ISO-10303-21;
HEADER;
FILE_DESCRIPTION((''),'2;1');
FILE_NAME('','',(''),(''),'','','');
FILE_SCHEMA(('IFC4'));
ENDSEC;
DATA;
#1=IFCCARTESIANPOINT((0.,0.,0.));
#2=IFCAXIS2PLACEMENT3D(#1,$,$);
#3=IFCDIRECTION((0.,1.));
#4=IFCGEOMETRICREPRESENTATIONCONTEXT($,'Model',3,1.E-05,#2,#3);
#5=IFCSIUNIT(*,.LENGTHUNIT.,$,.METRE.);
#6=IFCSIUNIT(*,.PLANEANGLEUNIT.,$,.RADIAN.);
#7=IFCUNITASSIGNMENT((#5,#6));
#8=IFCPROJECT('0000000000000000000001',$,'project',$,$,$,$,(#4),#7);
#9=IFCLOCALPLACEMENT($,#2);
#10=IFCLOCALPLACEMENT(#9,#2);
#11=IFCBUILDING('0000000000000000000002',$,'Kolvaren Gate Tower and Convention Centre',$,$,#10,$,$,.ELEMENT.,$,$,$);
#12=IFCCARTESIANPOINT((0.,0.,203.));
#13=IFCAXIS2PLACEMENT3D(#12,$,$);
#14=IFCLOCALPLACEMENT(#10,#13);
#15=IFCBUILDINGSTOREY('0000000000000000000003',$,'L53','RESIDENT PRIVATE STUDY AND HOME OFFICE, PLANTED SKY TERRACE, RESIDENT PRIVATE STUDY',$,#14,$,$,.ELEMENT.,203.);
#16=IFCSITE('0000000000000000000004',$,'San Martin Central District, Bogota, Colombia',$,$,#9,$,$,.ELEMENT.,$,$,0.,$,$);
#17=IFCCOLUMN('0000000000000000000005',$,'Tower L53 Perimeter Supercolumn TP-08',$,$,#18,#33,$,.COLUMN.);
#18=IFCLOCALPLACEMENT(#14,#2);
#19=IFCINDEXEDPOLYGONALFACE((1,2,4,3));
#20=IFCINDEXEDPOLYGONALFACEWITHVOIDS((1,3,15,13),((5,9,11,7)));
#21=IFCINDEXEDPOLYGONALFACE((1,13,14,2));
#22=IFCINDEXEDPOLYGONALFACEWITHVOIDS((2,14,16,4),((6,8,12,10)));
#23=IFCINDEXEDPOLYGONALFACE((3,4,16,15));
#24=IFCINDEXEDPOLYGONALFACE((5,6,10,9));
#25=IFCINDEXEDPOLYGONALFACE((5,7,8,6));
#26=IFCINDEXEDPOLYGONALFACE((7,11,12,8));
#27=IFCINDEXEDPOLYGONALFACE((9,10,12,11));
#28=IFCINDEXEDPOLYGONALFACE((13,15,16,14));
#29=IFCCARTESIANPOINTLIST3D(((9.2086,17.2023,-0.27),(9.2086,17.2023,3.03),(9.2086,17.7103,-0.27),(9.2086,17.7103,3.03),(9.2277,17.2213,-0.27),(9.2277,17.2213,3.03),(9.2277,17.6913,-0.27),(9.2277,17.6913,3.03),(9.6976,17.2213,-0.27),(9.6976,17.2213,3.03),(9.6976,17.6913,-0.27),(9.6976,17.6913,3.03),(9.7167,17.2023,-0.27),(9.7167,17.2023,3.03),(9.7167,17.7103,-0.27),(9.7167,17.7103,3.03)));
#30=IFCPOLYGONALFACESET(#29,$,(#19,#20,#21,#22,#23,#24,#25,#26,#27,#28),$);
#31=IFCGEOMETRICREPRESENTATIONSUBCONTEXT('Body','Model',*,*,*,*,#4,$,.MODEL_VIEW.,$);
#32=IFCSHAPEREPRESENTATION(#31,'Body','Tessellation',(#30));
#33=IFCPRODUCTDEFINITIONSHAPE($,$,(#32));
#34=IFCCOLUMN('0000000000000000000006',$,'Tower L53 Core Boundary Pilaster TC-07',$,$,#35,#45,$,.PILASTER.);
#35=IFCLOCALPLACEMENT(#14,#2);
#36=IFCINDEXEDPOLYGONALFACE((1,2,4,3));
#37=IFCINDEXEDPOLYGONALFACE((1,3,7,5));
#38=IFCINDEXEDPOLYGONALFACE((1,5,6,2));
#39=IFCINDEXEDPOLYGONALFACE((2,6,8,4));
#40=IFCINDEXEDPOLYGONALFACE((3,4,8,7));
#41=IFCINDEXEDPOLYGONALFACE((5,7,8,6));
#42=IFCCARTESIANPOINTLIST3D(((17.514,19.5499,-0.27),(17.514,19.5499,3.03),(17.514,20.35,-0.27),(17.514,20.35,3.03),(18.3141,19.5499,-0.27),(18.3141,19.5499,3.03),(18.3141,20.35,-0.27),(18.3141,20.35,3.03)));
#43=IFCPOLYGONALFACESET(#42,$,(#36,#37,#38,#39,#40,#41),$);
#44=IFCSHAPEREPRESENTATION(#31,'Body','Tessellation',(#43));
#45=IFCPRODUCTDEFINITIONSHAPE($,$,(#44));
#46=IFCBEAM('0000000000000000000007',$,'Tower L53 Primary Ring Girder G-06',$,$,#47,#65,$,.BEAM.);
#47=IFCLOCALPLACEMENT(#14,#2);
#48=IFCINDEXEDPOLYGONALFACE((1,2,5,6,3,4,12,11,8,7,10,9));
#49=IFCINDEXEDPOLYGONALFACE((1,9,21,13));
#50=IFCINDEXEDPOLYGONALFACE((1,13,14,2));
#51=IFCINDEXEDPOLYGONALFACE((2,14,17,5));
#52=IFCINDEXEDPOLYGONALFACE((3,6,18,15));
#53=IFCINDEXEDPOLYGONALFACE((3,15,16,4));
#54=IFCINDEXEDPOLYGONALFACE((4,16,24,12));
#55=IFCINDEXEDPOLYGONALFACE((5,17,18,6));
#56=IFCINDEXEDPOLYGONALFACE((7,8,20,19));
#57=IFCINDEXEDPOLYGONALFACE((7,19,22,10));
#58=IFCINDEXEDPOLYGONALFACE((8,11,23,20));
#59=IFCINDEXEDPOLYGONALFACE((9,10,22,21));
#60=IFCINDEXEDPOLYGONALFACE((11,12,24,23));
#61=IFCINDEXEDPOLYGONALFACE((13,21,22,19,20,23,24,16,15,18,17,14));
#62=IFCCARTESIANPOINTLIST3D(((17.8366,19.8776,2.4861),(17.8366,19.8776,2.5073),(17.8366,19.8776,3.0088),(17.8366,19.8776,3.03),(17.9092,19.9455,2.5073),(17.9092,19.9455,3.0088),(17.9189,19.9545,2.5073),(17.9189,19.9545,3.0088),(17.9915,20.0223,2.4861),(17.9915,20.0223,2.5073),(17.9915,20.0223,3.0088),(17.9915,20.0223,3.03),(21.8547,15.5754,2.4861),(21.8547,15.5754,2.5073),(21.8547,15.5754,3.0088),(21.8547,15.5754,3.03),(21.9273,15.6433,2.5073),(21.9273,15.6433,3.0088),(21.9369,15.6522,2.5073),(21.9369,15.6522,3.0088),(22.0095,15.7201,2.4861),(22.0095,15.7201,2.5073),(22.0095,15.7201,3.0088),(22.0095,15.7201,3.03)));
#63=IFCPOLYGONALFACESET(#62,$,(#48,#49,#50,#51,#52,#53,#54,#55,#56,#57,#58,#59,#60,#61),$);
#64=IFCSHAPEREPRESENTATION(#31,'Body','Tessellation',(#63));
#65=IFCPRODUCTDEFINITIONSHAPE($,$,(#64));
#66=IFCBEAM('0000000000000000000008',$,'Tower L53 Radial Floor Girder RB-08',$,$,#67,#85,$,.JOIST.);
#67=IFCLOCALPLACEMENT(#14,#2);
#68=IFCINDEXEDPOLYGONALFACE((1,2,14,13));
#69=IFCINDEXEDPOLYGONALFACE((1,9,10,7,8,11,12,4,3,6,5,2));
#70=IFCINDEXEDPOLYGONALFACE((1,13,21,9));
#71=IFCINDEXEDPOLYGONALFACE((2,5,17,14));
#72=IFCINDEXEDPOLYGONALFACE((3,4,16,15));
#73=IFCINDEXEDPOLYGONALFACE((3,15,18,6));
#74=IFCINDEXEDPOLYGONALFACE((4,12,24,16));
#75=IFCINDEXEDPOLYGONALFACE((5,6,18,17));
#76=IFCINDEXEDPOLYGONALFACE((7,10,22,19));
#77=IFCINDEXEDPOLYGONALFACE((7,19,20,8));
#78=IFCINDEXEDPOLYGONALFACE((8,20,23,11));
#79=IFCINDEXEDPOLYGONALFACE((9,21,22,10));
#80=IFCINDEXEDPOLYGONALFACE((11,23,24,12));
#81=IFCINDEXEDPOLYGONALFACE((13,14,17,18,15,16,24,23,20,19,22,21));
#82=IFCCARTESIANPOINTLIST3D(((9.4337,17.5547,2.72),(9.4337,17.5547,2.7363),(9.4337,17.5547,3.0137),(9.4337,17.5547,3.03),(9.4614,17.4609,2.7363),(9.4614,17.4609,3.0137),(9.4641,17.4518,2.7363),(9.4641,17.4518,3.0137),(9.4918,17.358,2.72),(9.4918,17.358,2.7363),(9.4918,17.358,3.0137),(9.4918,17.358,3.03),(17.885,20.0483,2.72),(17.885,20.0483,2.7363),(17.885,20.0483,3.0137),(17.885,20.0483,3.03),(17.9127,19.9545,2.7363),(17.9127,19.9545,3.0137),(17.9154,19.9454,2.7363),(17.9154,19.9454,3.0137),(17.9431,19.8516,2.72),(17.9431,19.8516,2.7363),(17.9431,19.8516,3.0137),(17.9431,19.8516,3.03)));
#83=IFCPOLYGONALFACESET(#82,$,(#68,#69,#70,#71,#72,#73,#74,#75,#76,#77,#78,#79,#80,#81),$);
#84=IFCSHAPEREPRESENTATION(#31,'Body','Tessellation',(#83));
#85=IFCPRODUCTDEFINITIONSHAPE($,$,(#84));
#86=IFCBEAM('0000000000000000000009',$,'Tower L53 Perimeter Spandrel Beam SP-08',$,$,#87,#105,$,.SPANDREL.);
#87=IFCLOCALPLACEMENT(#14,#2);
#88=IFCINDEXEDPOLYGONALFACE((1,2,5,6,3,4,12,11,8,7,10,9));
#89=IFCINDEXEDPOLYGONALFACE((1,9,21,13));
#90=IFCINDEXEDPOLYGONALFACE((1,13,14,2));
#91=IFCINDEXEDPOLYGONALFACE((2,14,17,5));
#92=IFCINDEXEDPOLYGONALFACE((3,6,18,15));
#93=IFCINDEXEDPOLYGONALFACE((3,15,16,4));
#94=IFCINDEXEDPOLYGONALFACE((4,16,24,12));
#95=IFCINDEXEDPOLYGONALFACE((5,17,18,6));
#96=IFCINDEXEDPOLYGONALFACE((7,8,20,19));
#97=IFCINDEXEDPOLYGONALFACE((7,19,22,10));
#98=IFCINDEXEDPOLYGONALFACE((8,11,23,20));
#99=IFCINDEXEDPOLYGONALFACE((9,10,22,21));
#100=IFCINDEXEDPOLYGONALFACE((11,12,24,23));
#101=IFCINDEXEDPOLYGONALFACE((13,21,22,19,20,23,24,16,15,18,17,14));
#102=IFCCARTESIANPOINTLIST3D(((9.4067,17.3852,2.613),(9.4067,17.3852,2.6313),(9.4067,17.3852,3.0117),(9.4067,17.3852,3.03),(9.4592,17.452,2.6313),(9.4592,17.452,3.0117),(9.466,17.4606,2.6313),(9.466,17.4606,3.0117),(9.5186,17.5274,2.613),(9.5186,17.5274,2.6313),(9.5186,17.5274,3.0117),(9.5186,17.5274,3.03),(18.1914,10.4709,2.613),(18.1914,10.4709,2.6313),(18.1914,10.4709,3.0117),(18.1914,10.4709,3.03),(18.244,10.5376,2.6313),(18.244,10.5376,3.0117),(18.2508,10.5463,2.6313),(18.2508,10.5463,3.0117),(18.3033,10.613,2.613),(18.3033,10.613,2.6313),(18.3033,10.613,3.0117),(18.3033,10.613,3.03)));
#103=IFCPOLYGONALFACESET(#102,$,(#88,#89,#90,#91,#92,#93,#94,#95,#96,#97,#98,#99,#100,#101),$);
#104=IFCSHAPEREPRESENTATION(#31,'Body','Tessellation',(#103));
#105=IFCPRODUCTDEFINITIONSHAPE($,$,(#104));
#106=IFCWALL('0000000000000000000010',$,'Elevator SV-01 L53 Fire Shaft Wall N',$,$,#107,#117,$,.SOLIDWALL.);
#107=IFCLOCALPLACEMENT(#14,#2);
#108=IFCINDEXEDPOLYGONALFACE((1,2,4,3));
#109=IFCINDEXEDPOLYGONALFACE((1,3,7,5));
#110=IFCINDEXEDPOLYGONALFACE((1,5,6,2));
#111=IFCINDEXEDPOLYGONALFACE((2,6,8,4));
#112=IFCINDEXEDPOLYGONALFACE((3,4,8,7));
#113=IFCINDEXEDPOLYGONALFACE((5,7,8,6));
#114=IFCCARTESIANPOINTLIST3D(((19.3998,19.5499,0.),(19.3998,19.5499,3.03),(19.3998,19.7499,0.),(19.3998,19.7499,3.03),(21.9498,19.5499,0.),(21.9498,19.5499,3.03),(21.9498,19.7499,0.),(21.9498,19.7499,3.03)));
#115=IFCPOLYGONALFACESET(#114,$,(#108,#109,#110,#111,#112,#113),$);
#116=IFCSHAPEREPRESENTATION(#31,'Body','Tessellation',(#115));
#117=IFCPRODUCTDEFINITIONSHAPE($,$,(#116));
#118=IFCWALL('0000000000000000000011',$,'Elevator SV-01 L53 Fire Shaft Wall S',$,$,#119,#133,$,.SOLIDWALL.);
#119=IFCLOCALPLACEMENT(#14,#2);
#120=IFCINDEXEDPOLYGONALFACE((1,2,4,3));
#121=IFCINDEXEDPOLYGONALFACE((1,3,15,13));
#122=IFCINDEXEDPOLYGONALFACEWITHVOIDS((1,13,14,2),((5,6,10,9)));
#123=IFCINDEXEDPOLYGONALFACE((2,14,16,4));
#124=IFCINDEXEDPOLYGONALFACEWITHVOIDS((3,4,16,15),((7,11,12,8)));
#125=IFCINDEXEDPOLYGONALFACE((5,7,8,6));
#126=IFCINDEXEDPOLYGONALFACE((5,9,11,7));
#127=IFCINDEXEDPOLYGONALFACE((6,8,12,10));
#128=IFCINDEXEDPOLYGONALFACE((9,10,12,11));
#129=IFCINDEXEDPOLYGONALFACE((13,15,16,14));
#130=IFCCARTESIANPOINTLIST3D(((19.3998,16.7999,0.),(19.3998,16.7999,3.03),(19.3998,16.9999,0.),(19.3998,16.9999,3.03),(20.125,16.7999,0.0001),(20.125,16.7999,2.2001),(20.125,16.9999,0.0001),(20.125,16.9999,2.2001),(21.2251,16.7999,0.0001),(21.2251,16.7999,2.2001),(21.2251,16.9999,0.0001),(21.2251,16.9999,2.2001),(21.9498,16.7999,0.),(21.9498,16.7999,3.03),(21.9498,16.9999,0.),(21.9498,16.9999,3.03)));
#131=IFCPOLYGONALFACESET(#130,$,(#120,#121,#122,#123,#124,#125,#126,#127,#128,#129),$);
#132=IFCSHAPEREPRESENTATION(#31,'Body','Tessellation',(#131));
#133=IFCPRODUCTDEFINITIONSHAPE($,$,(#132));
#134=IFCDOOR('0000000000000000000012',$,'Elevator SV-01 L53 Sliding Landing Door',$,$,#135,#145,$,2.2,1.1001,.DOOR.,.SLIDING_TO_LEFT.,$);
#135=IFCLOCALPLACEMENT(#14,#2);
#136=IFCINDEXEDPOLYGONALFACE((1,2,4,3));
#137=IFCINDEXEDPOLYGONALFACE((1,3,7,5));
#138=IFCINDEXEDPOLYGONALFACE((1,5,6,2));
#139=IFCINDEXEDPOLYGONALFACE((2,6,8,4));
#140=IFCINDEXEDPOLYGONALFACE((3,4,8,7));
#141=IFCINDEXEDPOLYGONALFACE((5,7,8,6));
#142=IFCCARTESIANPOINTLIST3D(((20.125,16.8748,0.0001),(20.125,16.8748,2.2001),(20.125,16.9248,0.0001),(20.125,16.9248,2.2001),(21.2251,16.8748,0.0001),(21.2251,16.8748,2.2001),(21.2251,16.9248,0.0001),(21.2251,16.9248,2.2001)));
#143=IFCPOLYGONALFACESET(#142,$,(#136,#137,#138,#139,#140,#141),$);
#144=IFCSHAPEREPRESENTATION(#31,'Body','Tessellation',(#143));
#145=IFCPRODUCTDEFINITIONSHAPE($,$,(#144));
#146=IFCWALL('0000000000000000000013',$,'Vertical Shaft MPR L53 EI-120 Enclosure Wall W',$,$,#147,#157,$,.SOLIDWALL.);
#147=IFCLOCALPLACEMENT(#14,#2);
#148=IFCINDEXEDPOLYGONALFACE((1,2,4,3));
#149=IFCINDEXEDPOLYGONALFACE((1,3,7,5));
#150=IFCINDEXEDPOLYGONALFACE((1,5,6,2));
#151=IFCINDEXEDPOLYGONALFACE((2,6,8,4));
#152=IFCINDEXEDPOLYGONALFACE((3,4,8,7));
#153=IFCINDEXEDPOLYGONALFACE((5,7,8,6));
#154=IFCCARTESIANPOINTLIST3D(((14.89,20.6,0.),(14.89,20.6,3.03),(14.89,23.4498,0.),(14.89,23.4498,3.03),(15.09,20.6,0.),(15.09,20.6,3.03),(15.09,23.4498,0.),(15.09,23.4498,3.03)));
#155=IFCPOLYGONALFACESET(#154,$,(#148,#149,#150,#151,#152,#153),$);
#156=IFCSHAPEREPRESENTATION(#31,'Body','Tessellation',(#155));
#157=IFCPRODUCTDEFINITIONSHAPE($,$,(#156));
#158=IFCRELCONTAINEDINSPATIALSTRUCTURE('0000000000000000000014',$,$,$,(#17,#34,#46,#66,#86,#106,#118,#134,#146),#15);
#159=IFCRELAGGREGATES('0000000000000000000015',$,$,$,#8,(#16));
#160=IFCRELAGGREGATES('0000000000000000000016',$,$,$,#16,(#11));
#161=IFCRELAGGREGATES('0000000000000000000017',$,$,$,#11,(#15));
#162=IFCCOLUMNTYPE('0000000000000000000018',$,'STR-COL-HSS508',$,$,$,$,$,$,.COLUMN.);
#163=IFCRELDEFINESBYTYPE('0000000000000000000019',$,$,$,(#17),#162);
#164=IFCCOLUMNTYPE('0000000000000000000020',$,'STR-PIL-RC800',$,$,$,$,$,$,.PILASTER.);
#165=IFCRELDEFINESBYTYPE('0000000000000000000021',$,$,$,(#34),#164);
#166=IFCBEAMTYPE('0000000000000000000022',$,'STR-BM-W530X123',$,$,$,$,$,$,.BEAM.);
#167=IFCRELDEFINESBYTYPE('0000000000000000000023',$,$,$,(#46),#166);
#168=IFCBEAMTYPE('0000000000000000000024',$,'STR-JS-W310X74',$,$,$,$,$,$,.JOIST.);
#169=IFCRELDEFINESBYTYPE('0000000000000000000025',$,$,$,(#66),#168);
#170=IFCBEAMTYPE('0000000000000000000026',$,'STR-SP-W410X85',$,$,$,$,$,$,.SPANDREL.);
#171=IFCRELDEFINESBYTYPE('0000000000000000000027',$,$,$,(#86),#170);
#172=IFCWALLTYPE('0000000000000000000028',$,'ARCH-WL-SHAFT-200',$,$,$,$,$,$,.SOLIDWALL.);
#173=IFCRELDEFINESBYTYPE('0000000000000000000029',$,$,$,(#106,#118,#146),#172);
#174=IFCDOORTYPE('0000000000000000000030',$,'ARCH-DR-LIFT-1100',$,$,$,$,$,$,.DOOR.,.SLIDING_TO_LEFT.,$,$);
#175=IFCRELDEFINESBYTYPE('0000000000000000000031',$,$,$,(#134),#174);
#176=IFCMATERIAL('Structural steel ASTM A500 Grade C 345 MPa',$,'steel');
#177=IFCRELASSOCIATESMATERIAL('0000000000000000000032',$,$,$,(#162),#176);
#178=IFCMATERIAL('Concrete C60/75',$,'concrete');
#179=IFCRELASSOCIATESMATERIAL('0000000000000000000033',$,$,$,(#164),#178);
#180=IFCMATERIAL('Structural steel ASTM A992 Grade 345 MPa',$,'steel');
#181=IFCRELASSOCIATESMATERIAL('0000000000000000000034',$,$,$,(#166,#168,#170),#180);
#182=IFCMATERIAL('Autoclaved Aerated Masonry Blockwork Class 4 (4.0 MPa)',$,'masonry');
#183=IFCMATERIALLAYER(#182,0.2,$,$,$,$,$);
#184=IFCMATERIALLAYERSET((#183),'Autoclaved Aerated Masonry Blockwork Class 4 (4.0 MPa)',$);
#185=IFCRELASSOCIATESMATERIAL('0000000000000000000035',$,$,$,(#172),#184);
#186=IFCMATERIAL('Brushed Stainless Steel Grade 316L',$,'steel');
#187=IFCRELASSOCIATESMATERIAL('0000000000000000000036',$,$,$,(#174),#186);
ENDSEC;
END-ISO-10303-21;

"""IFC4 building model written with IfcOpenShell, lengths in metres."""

from ifc_helpers import new_model, si_unit, direction, frame, frame_2d, origin, origin_2d, place, context, subcontext, project, spatial, rectangle, hollow_rectangle, i_section, extrude, material, layer, layer_set, material_profile, profile_set, type_object, element, fill, save


model = new_model("IFC4")

# Units and contexts
model_context = context("Model", 3, precision=1e-05, world=origin(), true_north=direction((0.0, 1.0)))
body_context = subcontext(model_context, "Body", "Model", "MODEL_VIEW")
ifc_project = project(units=[si_unit("LENGTHUNIT", "METRE"), si_unit("PLANEANGLEUNIT", "RADIAN")], contexts=[model_context])

# Site, building, storey
site_placement = place(None, origin())
site = spatial("IfcSite", under=ifc_project, at=site_placement, Name="San Martin Central District, Bogota, Colombia", CompositionType="ELEMENT", RefElevation=0.0)
building_placement = place(site_placement, origin())
building = spatial("IfcBuilding", under=site, at=building_placement, Name="Kolvaren Gate Tower and Convention Centre", CompositionType="ELEMENT")
storey_placement = place(building_placement, frame((0.0, 0.0, 203.0)))
storey = spatial("IfcBuildingStorey", under=building, at=storey_placement, Name="L53", Description="RESIDENT PRIVATE STUDY AND HOME OFFICE, PLANTED SKY TERRACE, RESIDENT PRIVATE STUDY", CompositionType="ELEMENT", Elevation=203.0)

# Columns
ifc_material_1 = material(Name="Structural steel ASTM A500 Grade C 345 MPa", Category="steel")
ifc_material_profile_1 = material_profile(ifc_material_1, hollow_rectangle(XDim=0.5081, YDim=0.5081, WallThickness=0.019, at=origin_2d()), Name="HSS508X508X19.1")
ifc_profile_set_1 = profile_set([ifc_material_profile_1], Name="Structural steel ASTM A500 Grade C 345 MPa")
column_type_1 = type_object("IfcColumnType", Name="STR-COL-HSS508", PredefinedType="COLUMN", material=ifc_profile_set_1)
column_1_placement = place(storey_placement, frame((9.4626, 17.4563, -0.27), z_axis=(0.0, 0.0, 1.0), x_axis=(1.0, 0.0, 0.0)))
element("IfcColumn", 1, at=column_1_placement, inside=storey, type_object=column_type_1, Name="Tower L53 Perimeter Supercolumn TP-08", PredefinedType="COLUMN", context=body_context, shape_type="SweptSolid", body=[
    extrude(hollow_rectangle(XDim=0.5081, YDim=0.5081, WallThickness=0.019, at=origin_2d()), origin(), (0.0, 0.0, 1.0), 3.3),
])
ifc_material_2 = material(Name="Concrete C60/75", Category="concrete")
ifc_material_profile_2 = material_profile(ifc_material_2, rectangle(XDim=0.8, YDim=0.8, at=origin_2d()), Name="RC-COL-800X800")
ifc_profile_set_2 = profile_set([ifc_material_profile_2], Name="Concrete C60/75")
column_type_2 = type_object("IfcColumnType", Name="STR-PIL-RC800", PredefinedType="PILASTER", material=ifc_profile_set_2)
column_2_placement = place(storey_placement, frame((17.9141, 19.95, -0.27), z_axis=(0.0, 0.0, 1.0), x_axis=(1.0, 0.0, 0.0)))
element("IfcColumn", 2, at=column_2_placement, inside=storey, type_object=column_type_2, Name="Tower L53 Core Boundary Pilaster TC-07", PredefinedType="PILASTER", context=body_context, shape_type="SweptSolid", body=[
    extrude(rectangle(XDim=0.8, YDim=0.8, at=origin_2d()), origin(), (0.0, 0.0, 1.0), 3.3),
])

# Beams
ifc_material_3 = material(Name="Structural steel ASTM A992 Grade 345 MPa", Category="steel")
ifc_material_profile_3 = material_profile(ifc_material_3, i_section(OverallWidth=0.2119, OverallDepth=0.5439, WebThickness=0.0132, FlangeThickness=0.0212, at=origin_2d()), Name="W530X123")
ifc_profile_set_3 = profile_set([ifc_material_profile_3], Name="Structural steel ASTM A992 Grade 345 MPa")
beam_type_1 = type_object("IfcBeamType", Name="STR-BM-W530X123", PredefinedType="BEAM", material=ifc_profile_set_3)
beam_1_placement = place(storey_placement, frame((17.9141, 19.95, 2.7581), z_axis=(0.682558, -0.730832, 0.0), x_axis=(0.730832, 0.682558, 0.0)))
element("IfcBeam", 3, at=beam_1_placement, inside=storey, type_object=beam_type_1, Name="Tower L53 Primary Ring Girder G-06", PredefinedType="BEAM", context=body_context, shape_type="SweptSolid", body=[
    extrude(i_section(OverallWidth=0.2119, OverallDepth=0.5439, WebThickness=0.0132, FlangeThickness=0.0212, at=origin_2d()), origin(), (0.0, 0.0, 1.0), 5.8867),
])
ifc_material_profile_4 = material_profile(ifc_material_3, i_section(OverallWidth=0.2051, OverallDepth=0.3101, WebThickness=0.0095, FlangeThickness=0.0164, at=origin_2d()), Name="W310X74")
ifc_profile_set_4 = profile_set([ifc_material_profile_4], Name="Structural steel ASTM A992 Grade 345 MPa")
beam_type_2 = type_object("IfcBeamType", Name="STR-JS-W310X74", PredefinedType="JOIST", material=ifc_profile_set_4)
beam_2_placement = place(storey_placement, frame((17.9141, 19.95, 2.875), z_axis=(-0.959121, -0.282996, 0.0), x_axis=(0.282996, -0.959121, 0.0)))
element("IfcBeam", 4, at=beam_2_placement, inside=storey, type_object=beam_type_2, Name="Tower L53 Radial Floor Girder RB-08", PredefinedType="JOIST", context=body_context, shape_type="SweptSolid", body=[
    extrude(i_section(OverallWidth=0.2051, OverallDepth=0.3101, WebThickness=0.0095, FlangeThickness=0.0164, at=origin_2d()), origin(), (0.0, 0.0, 1.0), 8.8115),
])
ifc_material_profile_5 = material_profile(ifc_material_3, i_section(OverallWidth=0.1809, OverallDepth=0.417, WebThickness=0.011, FlangeThickness=0.0183, at=origin_2d()), Name="W410X85")
ifc_profile_set_5 = profile_set([ifc_material_profile_5], Name="Structural steel ASTM A992 Grade 345 MPa")
beam_type_3 = type_object("IfcBeamType", Name="STR-SP-W410X85", PredefinedType="SPANDREL", material=ifc_profile_set_5)
beam_3_placement = place(storey_placement, frame((9.4626, 17.4563, 2.8215), z_axis=(0.785794, -0.618489, 0.0), x_axis=(0.618489, 0.785794, 0.0)))
element("IfcBeam", 5, at=beam_3_placement, inside=storey, type_object=beam_type_3, Name="Tower L53 Perimeter Spandrel Beam SP-08", PredefinedType="SPANDREL", context=body_context, shape_type="SweptSolid", body=[
    extrude(i_section(OverallWidth=0.1809, OverallDepth=0.417, WebThickness=0.011, FlangeThickness=0.0183, at=origin_2d()), origin(), (0.0, 0.0, 1.0), 11.1794),
])

# Wall
ifc_material_4 = material(Name="Autoclaved Aerated Masonry Blockwork Class 4 (4.0 MPa)", Category="masonry")
ifc_layer_1 = layer(ifc_material_4, 0.2)
ifc_layer_set_1 = layer_set([ifc_layer_1], Name="Autoclaved Aerated Masonry Blockwork Class 4 (4.0 MPa)")
wall_type_1 = type_object("IfcWallType", Name="ARCH-WL-SHAFT-200", PredefinedType="SOLIDWALL", material=ifc_layer_set_1)
wall_1_placement = place(storey_placement, frame((19.3999, 19.6499, 0.0), z_axis=(0.0, 0.0, 1.0), x_axis=(1.0, 0.0, 0.0)))
element("IfcWall", 6, at=wall_1_placement, inside=storey, type_object=wall_type_1, Name="Elevator SV-01 L53 Fire Shaft Wall N", PredefinedType="SOLIDWALL", context=body_context, shape_type="SweptSolid", body=[
    extrude(rectangle(XDim=2.55, YDim=0.2, at=frame_2d((1.2749, 0.0))), origin(), (0.0, 0.0, 1.0), 3.03),
])

# Wall, opening, door
wall_2_placement = place(storey_placement, frame((19.3999, 16.8999, 0.0), z_axis=(0.0, 0.0, 1.0), x_axis=(1.0, 0.0, 0.0)))
wall_2 = element("IfcWall", 7, at=wall_2_placement, inside=storey, type_object=wall_type_1, Name="Elevator SV-01 L53 Fire Shaft Wall S", PredefinedType="SOLIDWALL", context=body_context, shape_type="SweptSolid", body=[
    extrude(rectangle(XDim=2.55, YDim=0.2, at=frame_2d((1.2749, 0.0))), origin(), (0.0, 0.0, 1.0), 3.03),
])
opening_1_placement = place(wall_2_placement, frame((0.7251, 0.0, 0.0)))
opening_1 = element("IfcOpeningElement", 8, at=opening_1_placement, cuts=wall_2, PredefinedType="OPENING", context=body_context, shape_type="SweptSolid", body=[
    extrude(rectangle(XDim=1.1001, YDim=2.2, at=frame_2d((0.55, 1.1001))), frame((0.0, 0.1099, 0.0), z_axis=(0.0, -1.0, 0.0), x_axis=(1.0, 0.0, 0.0)), (0.0, 0.0, 1.0), 0.22),
])
ifc_material_5 = material(Name="Brushed Stainless Steel Grade 316L", Category="steel")
door_type = type_object("IfcDoorType", Name="ARCH-DR-LIFT-1100", OperationType="SLIDING_TO_LEFT", PredefinedType="DOOR", material=ifc_material_5)
door_placement = place(opening_1_placement, origin())
door = element("IfcDoor", 9, at=door_placement, inside=storey, type_object=door_type, Name="Elevator SV-01 L53 Sliding Landing Door", OperationType="SLIDING_TO_LEFT", OverallHeight=2.2, OverallWidth=1.1001, PredefinedType="DOOR", context=body_context, shape_type="SweptSolid", body=[
    extrude(rectangle(XDim=1.1001, YDim=2.2, at=frame_2d((0.55, 1.1001))), frame((0.0, 0.0249, 0.0), z_axis=(0.0, -1.0, 0.0), x_axis=(1.0, 0.0, 0.0)), (0.0, 0.0, 1.0), 0.05),
])
fill(opening_1, door)

# Wall
wall_3_placement = place(storey_placement, frame((14.99, 20.6001, 0.0), z_axis=(0.0, 0.0, 1.0), x_axis=(0.0, 1.0, 0.0)))
element("IfcWall", 10, at=wall_3_placement, inside=storey, type_object=wall_type_1, Name="Vertical Shaft MPR L53 EI-120 Enclosure Wall W", PredefinedType="SOLIDWALL", context=body_context, shape_type="SweptSolid", body=[
    extrude(rectangle(XDim=2.8499, YDim=0.2, at=frame_2d((1.4248, 0.0))), origin(), (0.0, 0.0, 1.0), 3.03),
])

save(model, "model.ifc")
